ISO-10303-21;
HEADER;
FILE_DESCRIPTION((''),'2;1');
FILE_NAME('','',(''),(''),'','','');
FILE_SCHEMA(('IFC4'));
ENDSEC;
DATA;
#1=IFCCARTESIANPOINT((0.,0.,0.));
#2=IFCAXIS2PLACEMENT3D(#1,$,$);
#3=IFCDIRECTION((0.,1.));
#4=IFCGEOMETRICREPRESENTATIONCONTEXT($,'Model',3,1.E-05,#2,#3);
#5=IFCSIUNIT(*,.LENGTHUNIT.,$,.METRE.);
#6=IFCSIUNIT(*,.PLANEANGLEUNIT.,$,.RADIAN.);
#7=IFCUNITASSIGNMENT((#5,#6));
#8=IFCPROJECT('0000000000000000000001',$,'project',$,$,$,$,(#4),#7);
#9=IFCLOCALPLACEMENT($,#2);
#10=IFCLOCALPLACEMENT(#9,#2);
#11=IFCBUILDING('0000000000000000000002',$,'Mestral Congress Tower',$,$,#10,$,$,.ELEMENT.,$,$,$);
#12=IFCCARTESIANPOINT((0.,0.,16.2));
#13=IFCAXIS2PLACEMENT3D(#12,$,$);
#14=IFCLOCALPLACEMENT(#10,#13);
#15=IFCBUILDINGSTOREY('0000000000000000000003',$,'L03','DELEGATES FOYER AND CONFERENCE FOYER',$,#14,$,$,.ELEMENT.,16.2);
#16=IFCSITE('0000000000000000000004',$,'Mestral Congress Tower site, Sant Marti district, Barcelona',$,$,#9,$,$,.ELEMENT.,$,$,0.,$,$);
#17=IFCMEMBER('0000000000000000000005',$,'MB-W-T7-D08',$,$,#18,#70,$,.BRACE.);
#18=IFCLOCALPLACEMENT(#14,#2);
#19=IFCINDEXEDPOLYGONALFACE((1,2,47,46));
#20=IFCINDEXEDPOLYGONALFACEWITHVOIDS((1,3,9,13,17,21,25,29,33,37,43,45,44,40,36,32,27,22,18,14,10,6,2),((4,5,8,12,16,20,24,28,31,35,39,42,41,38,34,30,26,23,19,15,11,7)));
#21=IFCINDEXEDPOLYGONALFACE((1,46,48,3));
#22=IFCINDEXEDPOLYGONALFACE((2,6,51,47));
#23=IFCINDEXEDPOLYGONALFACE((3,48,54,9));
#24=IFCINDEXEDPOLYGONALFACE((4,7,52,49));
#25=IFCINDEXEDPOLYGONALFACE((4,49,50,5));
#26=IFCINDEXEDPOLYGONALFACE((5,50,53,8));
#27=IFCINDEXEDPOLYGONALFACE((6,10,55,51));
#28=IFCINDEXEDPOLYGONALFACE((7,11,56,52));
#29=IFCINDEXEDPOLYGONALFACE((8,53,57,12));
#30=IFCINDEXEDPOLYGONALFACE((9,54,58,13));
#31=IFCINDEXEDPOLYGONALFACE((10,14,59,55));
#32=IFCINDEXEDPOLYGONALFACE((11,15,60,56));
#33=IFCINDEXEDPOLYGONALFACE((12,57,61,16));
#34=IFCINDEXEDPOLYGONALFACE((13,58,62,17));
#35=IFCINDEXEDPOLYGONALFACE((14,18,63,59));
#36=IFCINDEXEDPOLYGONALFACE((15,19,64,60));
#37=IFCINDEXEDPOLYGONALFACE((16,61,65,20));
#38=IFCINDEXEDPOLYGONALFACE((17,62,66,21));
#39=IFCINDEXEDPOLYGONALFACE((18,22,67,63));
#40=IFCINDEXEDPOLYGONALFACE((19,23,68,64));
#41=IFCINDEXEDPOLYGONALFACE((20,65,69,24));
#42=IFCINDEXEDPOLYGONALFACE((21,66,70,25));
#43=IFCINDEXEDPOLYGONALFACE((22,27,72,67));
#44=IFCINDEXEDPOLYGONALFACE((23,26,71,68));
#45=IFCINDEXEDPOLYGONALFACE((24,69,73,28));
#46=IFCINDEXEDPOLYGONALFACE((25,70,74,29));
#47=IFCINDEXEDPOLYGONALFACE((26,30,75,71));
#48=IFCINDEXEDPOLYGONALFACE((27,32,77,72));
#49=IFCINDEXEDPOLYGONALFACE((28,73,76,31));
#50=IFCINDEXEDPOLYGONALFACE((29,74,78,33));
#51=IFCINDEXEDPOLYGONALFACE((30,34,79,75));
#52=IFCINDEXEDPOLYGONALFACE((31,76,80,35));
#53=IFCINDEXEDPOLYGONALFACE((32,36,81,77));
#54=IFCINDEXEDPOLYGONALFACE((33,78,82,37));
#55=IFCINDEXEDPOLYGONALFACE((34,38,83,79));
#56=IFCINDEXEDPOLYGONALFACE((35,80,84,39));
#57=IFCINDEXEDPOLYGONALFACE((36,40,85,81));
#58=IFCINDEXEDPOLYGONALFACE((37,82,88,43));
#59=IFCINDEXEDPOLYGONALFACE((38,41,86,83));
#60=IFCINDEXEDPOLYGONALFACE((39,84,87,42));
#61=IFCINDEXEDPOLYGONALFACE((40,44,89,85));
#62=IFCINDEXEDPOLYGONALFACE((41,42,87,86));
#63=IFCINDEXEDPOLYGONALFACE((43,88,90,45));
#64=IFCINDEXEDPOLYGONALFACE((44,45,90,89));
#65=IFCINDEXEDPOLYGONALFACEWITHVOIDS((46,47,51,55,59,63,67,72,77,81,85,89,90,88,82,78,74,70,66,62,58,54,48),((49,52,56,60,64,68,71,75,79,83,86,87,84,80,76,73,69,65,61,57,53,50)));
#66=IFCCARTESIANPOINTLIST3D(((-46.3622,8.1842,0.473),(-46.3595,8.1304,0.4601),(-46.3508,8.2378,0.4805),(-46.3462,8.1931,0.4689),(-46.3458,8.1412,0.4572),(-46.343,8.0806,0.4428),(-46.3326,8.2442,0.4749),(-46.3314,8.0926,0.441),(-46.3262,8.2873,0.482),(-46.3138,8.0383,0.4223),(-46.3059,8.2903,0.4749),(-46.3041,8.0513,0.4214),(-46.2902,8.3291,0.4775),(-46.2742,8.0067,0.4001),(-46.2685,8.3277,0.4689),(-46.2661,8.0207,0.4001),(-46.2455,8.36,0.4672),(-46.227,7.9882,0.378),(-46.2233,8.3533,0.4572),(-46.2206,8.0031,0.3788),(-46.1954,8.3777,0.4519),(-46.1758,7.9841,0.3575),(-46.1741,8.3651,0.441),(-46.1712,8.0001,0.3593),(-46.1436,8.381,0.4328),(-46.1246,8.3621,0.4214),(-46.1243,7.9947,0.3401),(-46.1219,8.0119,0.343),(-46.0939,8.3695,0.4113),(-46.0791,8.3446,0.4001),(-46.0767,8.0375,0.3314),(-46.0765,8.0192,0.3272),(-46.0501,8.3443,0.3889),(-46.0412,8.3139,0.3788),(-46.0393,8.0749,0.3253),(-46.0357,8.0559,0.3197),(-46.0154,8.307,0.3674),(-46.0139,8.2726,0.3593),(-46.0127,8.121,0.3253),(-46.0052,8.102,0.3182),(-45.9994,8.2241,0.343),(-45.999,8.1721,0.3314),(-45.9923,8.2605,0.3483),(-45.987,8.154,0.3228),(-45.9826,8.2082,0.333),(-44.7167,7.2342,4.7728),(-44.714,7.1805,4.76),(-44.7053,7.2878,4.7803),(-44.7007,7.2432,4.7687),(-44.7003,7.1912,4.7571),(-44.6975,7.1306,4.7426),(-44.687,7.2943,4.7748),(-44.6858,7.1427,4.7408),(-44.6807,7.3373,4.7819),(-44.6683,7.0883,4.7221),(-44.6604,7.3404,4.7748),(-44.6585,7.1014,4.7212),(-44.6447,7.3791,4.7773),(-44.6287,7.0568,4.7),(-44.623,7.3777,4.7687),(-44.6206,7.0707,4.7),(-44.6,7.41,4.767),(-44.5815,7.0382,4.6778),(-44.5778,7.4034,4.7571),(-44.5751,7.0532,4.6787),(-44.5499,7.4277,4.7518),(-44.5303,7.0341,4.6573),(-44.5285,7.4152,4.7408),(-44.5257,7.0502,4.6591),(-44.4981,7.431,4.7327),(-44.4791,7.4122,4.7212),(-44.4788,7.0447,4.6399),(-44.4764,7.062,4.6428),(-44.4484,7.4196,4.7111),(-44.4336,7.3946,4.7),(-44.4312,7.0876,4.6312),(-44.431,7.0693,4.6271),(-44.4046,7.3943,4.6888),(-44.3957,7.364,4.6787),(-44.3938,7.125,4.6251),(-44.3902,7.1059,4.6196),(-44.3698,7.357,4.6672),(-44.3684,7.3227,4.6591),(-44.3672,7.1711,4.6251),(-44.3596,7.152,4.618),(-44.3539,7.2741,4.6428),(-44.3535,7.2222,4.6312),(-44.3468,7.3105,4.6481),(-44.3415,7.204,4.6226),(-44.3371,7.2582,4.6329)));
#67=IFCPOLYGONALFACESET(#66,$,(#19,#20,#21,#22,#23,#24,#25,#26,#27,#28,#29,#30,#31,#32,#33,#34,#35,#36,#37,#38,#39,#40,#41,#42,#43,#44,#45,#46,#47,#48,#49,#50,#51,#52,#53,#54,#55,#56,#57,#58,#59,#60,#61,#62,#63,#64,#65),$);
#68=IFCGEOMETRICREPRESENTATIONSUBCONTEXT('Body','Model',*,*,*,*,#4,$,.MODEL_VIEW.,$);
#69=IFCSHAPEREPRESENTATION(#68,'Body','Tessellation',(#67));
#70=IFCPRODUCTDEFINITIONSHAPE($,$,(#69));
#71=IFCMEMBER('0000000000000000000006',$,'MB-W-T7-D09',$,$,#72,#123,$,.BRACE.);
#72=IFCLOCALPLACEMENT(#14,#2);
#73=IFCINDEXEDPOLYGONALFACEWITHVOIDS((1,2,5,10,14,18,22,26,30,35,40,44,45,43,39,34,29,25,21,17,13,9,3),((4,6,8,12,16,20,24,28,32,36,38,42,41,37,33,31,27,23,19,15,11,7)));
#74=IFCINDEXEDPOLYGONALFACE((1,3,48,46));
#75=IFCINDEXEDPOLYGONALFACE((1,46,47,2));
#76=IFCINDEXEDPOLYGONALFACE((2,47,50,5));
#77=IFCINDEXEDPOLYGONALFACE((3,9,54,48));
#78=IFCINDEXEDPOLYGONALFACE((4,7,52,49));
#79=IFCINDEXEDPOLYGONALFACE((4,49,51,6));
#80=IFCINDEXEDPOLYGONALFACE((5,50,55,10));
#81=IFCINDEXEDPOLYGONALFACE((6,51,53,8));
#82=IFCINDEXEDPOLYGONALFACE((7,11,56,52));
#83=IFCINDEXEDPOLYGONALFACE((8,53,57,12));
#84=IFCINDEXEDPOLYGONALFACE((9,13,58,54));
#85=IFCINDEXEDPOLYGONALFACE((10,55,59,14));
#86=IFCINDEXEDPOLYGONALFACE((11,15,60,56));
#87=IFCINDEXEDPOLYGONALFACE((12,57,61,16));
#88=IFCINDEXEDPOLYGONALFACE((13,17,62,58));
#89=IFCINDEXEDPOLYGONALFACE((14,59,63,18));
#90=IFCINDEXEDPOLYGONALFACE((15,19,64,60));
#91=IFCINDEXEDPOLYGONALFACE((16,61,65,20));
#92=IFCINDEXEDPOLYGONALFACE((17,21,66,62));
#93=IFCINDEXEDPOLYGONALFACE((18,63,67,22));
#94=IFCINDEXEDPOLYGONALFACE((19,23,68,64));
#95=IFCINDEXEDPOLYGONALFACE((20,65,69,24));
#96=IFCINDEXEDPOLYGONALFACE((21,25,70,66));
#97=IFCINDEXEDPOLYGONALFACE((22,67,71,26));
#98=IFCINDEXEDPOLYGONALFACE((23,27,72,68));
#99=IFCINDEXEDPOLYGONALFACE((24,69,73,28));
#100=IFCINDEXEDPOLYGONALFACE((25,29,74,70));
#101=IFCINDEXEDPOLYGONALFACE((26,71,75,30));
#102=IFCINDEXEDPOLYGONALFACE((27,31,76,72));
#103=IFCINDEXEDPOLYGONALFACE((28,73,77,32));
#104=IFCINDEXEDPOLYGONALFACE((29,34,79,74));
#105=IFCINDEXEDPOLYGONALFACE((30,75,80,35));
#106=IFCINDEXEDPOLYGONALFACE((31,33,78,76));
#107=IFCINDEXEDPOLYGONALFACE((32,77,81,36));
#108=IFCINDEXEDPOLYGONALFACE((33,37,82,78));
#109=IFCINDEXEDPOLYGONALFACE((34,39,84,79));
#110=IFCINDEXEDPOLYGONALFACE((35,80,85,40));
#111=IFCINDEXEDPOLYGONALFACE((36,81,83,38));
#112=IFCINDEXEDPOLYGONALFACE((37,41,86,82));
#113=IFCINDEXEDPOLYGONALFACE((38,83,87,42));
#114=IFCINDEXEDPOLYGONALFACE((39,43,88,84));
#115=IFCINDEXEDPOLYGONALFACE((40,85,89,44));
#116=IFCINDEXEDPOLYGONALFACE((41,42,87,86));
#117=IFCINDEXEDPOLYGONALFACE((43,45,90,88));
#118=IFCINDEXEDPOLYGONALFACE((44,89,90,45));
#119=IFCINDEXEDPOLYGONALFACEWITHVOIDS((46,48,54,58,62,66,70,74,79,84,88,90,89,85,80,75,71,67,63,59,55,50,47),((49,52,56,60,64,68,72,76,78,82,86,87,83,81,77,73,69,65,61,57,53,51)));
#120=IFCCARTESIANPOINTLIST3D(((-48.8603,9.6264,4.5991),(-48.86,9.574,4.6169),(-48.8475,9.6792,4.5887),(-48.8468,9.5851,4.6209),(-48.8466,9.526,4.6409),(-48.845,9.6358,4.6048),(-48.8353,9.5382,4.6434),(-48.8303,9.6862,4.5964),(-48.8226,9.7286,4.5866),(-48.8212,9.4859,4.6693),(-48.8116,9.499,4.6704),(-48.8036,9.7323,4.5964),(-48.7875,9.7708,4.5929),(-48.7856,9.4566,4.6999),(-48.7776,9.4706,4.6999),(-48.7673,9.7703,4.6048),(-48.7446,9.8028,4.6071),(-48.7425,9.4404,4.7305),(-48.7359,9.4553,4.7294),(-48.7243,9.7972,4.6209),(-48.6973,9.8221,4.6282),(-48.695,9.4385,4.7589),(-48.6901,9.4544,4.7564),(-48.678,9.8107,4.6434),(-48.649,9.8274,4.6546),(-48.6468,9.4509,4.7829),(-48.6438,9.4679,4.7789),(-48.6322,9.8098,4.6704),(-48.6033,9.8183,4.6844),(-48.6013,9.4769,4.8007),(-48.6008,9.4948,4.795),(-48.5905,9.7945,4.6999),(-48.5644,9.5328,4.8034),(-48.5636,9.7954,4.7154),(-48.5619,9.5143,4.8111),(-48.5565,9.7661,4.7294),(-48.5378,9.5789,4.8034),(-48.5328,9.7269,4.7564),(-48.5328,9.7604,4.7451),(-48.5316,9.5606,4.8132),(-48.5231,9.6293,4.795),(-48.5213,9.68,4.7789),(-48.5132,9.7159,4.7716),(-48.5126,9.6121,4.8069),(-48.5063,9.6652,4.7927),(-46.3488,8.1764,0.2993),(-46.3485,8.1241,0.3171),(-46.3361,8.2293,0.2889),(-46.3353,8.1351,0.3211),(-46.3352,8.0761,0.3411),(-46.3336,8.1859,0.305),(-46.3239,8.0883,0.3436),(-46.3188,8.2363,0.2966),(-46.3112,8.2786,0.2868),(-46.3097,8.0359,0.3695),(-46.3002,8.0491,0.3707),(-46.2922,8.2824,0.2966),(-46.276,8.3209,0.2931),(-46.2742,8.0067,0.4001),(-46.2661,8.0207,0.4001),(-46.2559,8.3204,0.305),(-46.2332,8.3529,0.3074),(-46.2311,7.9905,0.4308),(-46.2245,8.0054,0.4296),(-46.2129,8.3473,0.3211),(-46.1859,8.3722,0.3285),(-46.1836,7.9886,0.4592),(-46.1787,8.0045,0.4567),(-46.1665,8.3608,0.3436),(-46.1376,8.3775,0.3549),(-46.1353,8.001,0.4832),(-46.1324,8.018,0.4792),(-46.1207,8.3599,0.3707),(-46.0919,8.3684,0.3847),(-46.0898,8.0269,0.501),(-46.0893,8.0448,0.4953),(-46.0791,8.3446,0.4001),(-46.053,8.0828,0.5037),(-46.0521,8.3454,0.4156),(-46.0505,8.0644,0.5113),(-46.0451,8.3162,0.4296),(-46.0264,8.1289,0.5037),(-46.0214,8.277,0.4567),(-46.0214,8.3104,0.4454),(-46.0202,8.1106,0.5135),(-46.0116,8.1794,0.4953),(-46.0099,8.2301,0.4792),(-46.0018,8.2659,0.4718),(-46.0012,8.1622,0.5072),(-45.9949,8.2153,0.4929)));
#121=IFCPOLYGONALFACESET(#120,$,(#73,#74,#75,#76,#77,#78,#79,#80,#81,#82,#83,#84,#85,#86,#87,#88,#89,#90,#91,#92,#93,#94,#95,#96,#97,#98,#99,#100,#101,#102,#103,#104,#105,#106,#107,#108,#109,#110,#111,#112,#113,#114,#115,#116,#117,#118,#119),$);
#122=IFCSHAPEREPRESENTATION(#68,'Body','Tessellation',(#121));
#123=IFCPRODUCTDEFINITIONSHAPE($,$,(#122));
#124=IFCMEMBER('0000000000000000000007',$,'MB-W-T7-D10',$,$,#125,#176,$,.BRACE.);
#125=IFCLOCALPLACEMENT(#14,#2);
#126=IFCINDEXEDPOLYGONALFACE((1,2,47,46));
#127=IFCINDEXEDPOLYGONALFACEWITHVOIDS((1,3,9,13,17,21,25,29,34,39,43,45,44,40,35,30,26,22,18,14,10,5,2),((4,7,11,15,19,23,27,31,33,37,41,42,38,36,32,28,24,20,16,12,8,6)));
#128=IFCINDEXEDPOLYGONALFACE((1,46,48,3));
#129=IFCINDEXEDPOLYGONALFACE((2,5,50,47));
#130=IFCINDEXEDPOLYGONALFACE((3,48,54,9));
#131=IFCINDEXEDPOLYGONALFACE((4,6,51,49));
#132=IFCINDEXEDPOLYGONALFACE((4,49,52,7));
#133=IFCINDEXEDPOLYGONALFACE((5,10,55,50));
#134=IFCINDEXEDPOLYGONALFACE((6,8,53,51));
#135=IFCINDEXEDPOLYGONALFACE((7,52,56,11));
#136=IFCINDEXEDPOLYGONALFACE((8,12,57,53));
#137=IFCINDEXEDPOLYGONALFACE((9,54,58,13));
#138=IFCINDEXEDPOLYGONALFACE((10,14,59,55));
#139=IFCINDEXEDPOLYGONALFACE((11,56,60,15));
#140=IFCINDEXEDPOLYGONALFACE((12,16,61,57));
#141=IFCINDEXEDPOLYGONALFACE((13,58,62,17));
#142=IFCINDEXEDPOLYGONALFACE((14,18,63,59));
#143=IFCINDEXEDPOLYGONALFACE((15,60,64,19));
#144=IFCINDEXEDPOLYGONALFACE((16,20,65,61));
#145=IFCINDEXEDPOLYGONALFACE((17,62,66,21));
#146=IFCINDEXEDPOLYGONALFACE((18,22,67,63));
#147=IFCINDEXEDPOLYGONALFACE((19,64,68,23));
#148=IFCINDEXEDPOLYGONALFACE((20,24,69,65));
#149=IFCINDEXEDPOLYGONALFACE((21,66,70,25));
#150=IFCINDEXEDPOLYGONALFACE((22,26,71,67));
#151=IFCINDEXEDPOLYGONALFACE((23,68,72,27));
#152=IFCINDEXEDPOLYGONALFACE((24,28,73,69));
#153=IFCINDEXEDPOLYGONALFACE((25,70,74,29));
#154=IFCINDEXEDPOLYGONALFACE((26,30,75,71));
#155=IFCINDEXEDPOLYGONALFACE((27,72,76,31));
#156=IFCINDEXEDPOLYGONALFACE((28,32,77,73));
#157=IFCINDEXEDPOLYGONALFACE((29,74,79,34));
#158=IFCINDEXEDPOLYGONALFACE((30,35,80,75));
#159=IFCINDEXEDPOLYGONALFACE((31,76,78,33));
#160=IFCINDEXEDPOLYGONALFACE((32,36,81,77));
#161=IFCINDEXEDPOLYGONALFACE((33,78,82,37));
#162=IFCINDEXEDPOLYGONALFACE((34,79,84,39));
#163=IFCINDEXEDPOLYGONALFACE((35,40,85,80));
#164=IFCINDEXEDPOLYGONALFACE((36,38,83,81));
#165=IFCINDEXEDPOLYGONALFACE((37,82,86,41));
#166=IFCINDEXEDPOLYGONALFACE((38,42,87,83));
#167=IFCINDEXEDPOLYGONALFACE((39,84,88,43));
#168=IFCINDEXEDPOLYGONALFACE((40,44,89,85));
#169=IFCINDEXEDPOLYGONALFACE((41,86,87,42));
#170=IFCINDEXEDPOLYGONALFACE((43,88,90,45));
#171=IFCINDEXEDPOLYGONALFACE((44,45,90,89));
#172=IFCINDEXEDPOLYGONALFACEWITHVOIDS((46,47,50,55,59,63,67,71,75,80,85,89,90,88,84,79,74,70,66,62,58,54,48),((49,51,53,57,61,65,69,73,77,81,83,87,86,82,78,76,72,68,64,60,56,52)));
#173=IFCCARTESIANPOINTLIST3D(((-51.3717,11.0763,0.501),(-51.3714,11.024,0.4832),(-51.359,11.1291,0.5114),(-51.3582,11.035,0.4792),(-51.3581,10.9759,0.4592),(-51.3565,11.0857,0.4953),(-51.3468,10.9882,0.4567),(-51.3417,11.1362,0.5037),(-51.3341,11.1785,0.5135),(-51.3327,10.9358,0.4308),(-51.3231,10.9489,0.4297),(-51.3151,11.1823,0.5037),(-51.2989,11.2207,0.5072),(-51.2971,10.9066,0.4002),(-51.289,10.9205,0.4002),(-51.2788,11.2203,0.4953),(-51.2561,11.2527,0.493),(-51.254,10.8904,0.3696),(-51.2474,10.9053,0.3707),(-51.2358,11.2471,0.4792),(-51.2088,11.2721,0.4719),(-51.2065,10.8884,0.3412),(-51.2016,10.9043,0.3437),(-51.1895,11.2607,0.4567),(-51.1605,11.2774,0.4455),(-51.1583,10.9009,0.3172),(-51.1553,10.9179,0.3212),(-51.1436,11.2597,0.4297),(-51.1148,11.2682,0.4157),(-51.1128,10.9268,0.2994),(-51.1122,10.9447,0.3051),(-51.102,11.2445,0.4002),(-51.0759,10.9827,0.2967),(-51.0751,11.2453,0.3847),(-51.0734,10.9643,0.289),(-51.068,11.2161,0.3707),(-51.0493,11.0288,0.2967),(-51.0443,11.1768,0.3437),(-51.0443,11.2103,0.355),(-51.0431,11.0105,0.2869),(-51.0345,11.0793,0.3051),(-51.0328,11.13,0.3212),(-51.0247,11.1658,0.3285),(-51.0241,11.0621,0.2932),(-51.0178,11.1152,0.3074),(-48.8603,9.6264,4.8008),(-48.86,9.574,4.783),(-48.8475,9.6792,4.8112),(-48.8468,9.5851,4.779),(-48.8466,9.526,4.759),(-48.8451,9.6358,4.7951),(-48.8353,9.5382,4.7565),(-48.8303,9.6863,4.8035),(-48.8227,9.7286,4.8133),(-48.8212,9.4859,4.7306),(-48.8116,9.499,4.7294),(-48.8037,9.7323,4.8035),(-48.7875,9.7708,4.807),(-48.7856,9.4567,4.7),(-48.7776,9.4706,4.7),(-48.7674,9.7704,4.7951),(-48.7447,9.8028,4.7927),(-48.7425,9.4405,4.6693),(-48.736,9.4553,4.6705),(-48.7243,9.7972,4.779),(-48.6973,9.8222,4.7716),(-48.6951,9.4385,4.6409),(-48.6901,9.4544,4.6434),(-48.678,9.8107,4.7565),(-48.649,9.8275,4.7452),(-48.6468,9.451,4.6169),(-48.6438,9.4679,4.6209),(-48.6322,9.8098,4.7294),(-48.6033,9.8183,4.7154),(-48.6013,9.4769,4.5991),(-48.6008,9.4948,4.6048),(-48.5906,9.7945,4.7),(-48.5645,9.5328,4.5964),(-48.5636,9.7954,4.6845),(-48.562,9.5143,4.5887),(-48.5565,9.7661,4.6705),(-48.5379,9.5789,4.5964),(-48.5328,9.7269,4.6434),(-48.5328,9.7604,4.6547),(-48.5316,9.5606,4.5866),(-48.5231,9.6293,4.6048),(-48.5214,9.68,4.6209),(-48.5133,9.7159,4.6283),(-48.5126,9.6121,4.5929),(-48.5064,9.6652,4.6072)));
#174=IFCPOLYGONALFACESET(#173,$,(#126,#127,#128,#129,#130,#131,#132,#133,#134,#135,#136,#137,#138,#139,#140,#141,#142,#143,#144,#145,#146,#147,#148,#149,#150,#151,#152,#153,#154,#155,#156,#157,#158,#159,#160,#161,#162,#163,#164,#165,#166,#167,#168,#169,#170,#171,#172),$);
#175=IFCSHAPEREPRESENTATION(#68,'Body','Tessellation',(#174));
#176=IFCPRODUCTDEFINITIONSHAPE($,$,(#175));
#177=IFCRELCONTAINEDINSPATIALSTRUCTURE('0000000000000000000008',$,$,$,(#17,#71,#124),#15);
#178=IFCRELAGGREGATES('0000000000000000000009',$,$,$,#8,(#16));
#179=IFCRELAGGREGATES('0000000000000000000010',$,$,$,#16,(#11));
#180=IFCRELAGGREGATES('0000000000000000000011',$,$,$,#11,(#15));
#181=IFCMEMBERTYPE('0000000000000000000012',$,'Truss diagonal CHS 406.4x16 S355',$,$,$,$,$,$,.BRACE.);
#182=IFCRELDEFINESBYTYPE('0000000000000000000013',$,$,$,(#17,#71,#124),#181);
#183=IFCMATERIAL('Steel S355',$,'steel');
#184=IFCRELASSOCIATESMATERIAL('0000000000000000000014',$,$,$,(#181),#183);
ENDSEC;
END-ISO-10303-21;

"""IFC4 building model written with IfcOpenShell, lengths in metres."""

from ifc_helpers import new_model, si_unit, direction, frame, origin, origin_2d, place, context, subcontext, project, spatial, hollow_circle, extrude, material, material_profile, profile_set, type_object, element, save


model = new_model("IFC4")

# Units and contexts
model_context = context("Model", 3, precision=1e-05, world=origin(), true_north=direction((0.0, 1.0)))
body_context = subcontext(model_context, "Body", "Model", "MODEL_VIEW")
ifc_project = project(units=[si_unit("LENGTHUNIT", "METRE"), si_unit("PLANEANGLEUNIT", "RADIAN")], contexts=[model_context])

# Site, building, storey
site_placement = place(None, origin())
site = spatial("IfcSite", under=ifc_project, at=site_placement, Name="Mestral Congress Tower site, Sant Marti district, Barcelona", CompositionType="ELEMENT", RefElevation=0.0)
building_placement = place(site_placement, origin())
building = spatial("IfcBuilding", under=site, at=building_placement, Name="Mestral Congress Tower", CompositionType="ELEMENT")
storey_placement = place(building_placement, frame((0.0, 0.0, 16.2)))
storey = spatial("IfcBuildingStorey", under=building, at=storey_placement, Name="L03", Description="DELEGATES FOYER AND CONFERENCE FOYER", CompositionType="ELEMENT", Elevation=16.2)

# Members
ifc_material = material(Name="Steel S355", Category="steel")
ifc_material_profile_1 = material_profile(ifc_material, hollow_circle(Radius=0.2031, WallThickness=0.0161, at=origin_2d()), Name="CHS 406.4x16")
ifc_profile_set_1 = profile_set([ifc_material_profile_1], Name="Steel S355")
member_type_1 = type_object("IfcMemberType", Name="Truss diagonal CHS 406.4x16 S355", PredefinedType="BRACE", material=ifc_profile_set_1)
for number, where, z_axis, x_axis, name in (
    (1, (-44.5271, 7.2327, 4.7), (-0.350041, 0.202079, -0.914678), (-0.499967, -0.866044, 0.0), "MB-W-T7-D08"),
):
    element("IfcMember", number, at=place(storey_placement, frame(where, z_axis=z_axis, x_axis=x_axis)), inside=storey, type_object=member_type_1, Name=name, PredefinedType="BRACE", context=body_context, shape_type="SweptSolid", body=[
        extrude(hollow_circle(Radius=0.2031, WallThickness=0.0161, at=origin_2d()), origin(), (0.0, 0.0, 1.0), 4.7009),
    ])
for number, where, z_axis, x_axis, name in (
    (2, (-46.1726, 8.1826, 0.4001), (-0.484247, 0.279571, 0.829062), (-0.499987, -0.866033, 0.0), "MB-W-T7-D09"),
    (3, (-48.6841, 9.6326, 4.7), (-0.484247, 0.279571, -0.829062), (-0.499987, -0.866033, 0.0), "MB-W-T7-D10"),
):
    element("IfcMember", number, at=place(storey_placement, frame(where, z_axis=z_axis, x_axis=x_axis)), inside=storey, type_object=member_type_1, Name=name, PredefinedType="BRACE", context=body_context, shape_type="SweptSolid", body=[
        extrude(hollow_circle(Radius=0.2031, WallThickness=0.0161, at=origin_2d()), origin(), (0.0, 0.0, 1.0), 5.1863),
    ])

save(model, "model.ifc")
